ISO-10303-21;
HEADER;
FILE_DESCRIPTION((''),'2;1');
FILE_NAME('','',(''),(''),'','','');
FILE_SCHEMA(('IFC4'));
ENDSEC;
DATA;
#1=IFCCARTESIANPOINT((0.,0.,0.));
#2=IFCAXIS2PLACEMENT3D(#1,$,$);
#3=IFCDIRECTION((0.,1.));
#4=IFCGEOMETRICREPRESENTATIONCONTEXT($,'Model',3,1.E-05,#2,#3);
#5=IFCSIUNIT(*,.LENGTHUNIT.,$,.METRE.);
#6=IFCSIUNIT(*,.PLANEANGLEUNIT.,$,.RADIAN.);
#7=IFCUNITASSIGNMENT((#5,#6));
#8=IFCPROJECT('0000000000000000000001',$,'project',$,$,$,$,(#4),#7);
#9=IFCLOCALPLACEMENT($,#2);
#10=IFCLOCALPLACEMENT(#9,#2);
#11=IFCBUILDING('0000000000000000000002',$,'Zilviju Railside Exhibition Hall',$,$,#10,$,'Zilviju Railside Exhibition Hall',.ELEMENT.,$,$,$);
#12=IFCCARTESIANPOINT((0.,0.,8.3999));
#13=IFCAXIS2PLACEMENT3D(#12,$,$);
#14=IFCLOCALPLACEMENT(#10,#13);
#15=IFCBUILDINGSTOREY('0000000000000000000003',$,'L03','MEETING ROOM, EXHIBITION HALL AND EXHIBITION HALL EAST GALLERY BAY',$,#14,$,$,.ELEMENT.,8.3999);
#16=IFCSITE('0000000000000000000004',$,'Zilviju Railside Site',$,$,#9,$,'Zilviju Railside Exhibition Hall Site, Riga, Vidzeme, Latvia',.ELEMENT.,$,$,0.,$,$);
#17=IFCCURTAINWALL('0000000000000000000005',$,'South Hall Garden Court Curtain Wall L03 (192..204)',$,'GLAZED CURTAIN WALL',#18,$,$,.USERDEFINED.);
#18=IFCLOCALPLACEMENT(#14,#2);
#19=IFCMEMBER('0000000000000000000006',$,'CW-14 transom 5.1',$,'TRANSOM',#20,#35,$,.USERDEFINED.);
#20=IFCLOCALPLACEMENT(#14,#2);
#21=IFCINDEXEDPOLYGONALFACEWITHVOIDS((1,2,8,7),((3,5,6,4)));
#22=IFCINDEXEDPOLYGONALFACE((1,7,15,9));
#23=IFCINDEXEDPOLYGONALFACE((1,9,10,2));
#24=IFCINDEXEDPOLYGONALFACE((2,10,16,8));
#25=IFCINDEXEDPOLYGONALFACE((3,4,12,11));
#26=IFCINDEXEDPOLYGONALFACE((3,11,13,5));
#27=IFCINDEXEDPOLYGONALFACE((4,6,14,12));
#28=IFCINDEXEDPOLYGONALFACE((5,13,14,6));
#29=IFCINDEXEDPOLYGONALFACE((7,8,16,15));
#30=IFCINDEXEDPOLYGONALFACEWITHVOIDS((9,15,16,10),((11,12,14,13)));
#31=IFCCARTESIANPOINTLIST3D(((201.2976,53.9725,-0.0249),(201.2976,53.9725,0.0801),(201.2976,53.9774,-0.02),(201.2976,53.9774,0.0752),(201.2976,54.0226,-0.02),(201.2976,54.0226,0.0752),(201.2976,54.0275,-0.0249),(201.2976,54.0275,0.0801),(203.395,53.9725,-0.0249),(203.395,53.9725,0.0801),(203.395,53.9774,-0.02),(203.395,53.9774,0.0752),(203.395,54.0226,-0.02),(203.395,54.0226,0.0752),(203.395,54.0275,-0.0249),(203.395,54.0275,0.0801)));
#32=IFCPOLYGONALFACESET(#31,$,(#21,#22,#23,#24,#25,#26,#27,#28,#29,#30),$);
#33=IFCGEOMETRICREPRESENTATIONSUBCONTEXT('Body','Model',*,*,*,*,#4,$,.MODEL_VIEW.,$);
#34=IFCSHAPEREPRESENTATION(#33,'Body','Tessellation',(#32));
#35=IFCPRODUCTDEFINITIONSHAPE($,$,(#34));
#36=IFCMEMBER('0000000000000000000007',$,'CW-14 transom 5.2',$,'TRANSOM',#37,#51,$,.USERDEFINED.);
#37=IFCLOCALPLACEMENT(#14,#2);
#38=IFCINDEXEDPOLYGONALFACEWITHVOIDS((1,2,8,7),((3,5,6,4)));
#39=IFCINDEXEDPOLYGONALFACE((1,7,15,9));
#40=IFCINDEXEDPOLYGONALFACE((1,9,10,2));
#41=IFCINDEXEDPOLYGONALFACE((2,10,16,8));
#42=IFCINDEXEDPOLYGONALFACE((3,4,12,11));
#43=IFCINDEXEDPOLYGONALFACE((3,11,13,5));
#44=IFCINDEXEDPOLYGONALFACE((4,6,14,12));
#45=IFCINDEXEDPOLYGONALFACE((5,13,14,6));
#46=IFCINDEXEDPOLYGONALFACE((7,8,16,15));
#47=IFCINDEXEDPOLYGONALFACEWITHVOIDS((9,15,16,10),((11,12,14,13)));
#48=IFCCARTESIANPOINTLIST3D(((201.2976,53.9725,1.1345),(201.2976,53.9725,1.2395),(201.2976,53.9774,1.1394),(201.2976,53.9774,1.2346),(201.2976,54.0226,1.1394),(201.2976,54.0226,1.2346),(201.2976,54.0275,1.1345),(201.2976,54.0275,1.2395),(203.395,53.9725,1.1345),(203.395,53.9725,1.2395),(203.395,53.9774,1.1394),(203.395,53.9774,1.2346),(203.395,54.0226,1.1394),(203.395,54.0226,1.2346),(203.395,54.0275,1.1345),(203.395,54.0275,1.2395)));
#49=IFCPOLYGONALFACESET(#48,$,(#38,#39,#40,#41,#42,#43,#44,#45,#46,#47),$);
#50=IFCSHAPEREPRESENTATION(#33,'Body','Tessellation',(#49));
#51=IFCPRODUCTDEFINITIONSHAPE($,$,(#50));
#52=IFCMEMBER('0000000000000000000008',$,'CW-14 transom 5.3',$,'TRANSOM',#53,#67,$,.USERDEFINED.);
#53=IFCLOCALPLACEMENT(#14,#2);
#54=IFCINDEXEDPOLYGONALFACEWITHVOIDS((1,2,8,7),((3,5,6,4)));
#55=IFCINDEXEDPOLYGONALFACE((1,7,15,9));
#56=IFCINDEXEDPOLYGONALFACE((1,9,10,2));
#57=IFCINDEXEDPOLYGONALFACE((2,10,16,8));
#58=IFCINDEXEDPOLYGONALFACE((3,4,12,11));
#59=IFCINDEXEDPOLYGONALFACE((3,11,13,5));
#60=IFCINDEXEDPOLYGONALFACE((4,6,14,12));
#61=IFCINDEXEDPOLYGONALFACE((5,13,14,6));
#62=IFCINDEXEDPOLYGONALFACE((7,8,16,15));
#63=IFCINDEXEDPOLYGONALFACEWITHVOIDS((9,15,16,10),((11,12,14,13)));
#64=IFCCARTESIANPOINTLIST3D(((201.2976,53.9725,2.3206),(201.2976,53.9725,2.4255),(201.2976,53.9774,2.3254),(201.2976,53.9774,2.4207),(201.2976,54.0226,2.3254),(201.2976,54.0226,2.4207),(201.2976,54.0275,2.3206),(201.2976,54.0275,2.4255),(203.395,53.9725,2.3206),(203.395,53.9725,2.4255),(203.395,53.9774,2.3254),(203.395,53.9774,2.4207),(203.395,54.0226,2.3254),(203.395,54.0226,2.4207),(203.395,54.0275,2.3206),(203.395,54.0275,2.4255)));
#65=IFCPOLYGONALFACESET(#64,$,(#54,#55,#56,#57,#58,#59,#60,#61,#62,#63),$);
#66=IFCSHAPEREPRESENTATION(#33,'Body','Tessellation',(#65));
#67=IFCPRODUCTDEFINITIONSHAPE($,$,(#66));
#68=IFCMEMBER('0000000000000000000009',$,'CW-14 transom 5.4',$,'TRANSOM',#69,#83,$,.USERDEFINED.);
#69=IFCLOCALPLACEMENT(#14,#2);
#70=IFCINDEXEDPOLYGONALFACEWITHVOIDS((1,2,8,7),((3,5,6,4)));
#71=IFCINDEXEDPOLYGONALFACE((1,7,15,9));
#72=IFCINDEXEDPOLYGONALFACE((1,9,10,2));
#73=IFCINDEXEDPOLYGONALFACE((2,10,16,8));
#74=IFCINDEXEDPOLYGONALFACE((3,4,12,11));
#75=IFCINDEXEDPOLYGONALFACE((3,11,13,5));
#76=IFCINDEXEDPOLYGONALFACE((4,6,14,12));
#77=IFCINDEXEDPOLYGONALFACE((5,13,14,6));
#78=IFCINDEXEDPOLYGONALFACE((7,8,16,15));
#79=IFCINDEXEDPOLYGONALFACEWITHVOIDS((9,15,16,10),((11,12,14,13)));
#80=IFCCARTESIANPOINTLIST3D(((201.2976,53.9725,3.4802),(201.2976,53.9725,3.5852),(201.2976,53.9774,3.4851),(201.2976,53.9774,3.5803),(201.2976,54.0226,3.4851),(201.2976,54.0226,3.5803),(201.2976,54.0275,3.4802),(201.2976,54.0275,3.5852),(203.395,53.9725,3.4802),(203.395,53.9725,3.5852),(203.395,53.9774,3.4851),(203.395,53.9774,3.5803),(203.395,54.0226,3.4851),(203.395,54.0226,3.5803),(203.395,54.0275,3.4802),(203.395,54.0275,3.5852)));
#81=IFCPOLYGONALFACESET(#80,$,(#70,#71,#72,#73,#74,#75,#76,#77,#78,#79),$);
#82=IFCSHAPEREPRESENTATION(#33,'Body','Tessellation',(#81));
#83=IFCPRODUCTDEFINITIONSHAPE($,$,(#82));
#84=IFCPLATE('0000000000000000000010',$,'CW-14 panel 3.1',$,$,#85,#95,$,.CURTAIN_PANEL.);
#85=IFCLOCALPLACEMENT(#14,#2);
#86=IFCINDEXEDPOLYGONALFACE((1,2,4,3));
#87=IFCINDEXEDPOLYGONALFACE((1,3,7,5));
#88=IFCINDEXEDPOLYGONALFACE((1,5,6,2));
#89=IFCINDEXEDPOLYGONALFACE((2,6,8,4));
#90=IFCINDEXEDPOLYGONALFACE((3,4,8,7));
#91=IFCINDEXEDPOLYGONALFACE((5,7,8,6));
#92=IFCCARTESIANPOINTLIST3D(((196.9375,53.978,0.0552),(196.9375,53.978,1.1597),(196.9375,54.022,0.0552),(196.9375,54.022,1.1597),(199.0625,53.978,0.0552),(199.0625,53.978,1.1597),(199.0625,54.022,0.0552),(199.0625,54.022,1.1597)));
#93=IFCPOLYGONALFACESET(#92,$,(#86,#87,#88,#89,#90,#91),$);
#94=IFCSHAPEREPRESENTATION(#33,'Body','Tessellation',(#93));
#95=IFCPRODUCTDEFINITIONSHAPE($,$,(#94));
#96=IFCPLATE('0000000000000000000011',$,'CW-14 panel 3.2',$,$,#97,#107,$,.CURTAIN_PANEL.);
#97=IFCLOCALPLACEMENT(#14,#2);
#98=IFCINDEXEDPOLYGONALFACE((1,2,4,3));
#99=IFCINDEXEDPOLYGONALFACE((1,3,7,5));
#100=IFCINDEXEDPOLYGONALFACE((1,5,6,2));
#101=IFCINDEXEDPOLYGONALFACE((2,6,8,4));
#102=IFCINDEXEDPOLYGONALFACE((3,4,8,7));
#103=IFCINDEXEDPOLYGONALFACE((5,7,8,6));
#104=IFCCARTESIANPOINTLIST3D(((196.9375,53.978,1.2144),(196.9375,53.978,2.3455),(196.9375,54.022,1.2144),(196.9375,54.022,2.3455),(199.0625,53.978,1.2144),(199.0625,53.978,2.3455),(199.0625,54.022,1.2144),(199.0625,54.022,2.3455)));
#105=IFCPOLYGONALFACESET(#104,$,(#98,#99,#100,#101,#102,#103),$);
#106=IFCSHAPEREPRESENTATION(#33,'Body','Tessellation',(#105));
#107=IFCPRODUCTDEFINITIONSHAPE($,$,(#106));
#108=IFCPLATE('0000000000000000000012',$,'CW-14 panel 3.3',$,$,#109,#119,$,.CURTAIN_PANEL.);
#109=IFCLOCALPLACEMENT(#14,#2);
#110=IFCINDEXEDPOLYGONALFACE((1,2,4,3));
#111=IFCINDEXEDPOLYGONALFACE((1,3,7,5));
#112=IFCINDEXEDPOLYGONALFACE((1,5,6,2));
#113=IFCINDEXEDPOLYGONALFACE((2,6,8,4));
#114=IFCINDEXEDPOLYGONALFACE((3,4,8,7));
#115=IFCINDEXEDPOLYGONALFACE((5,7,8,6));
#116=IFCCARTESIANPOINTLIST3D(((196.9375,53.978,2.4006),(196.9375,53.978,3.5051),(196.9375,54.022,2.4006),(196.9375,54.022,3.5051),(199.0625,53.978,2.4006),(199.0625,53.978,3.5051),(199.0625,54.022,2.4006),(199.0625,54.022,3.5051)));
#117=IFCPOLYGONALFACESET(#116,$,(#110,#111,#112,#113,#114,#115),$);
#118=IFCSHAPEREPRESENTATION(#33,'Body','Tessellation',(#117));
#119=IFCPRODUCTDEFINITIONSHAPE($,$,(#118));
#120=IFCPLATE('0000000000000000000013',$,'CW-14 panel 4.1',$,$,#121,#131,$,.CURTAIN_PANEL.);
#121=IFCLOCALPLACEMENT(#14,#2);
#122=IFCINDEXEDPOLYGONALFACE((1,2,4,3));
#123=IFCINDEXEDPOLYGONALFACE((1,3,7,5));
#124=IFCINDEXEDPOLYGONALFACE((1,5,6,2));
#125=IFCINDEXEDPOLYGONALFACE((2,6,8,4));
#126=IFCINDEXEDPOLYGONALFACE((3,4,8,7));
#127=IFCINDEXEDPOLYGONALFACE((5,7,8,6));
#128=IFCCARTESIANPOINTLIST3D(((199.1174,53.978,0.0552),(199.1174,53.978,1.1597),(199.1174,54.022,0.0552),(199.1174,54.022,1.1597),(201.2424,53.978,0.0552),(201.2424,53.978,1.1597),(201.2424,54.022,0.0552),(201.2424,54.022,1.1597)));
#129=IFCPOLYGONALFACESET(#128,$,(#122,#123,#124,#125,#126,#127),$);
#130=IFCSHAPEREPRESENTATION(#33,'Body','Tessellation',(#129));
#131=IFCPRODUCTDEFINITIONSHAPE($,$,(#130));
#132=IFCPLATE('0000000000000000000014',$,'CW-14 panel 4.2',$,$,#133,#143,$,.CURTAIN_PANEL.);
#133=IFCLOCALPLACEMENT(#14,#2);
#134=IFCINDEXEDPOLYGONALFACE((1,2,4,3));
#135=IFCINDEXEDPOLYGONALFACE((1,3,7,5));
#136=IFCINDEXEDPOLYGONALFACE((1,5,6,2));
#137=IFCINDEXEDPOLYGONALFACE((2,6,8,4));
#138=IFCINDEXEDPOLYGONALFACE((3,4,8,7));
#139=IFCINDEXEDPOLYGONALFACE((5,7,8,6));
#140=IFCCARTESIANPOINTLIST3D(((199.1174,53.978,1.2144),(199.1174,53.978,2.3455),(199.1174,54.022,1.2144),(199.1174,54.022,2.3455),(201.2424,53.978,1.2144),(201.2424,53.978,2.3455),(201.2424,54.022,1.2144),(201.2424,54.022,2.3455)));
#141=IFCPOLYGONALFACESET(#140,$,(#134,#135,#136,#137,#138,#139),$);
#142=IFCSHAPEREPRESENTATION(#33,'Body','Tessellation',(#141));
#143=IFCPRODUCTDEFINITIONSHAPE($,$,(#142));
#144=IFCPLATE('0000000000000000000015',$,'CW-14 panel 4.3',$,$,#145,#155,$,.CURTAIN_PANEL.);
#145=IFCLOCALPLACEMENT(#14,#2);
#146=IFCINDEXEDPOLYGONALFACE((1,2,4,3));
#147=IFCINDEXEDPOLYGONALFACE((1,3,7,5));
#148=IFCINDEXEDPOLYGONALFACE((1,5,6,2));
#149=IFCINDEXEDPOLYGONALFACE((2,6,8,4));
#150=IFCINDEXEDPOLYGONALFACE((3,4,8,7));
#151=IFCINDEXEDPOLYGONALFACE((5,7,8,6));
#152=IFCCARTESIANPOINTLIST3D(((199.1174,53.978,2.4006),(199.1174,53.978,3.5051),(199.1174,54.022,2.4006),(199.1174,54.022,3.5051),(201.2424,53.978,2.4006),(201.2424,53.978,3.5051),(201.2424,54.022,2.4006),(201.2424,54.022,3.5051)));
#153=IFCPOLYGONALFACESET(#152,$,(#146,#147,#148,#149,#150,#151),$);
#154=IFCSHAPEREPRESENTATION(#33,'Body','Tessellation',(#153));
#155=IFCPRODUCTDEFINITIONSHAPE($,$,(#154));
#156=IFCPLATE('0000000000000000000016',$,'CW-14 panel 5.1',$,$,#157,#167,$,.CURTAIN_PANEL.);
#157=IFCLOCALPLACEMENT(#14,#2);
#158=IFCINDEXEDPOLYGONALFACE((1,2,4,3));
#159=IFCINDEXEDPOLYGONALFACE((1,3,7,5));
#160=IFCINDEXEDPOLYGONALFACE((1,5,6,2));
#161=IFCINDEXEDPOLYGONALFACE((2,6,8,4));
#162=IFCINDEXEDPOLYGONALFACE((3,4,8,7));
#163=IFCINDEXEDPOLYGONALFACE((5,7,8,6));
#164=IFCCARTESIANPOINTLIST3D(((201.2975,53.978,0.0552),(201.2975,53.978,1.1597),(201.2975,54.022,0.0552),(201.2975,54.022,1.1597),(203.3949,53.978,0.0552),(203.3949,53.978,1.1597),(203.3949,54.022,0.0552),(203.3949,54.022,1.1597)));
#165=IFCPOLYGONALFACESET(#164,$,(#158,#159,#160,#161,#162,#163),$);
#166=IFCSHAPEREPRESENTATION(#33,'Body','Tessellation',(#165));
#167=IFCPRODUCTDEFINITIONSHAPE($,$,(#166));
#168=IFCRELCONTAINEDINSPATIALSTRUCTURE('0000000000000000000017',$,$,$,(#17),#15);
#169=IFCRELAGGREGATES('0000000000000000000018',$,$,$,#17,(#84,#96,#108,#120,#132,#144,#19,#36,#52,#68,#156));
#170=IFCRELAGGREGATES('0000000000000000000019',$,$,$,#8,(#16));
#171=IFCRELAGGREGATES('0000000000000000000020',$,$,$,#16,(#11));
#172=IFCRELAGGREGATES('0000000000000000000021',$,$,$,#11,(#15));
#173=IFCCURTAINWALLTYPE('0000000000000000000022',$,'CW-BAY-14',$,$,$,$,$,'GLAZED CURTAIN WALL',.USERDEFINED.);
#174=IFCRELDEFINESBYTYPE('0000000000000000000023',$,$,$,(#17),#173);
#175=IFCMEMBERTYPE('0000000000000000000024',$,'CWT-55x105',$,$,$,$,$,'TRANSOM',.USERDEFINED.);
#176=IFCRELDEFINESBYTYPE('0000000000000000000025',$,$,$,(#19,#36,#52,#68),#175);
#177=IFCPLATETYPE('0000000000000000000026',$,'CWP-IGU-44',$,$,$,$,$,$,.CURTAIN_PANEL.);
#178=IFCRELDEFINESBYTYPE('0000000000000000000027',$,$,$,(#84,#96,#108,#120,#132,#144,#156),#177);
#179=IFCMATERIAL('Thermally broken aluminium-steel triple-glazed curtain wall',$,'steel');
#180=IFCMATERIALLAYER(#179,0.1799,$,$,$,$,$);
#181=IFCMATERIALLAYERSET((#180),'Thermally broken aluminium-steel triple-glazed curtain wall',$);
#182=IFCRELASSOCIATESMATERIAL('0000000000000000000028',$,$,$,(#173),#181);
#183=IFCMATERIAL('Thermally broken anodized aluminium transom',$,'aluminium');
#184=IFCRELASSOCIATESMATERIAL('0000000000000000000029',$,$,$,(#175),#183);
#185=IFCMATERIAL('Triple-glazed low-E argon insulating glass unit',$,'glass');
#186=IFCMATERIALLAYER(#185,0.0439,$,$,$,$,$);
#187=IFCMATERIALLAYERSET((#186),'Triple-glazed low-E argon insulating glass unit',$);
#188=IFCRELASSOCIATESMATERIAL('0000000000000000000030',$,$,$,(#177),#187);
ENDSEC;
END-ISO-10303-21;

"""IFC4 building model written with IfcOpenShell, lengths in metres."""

from ifc_helpers import new_model, si_unit, direction, frame, origin, origin_2d, place, context, subcontext, project, spatial, rectangle, hollow_rectangle, extrude, material, layer, layer_set, material_profile, profile_set, type_object, element, aggregate, save


model = new_model("IFC4")

# Units and contexts
model_context = context("Model", 3, precision=1e-05, world=origin(), true_north=direction((0.0, 1.0)))
body_context = subcontext(model_context, "Body", "Model", "MODEL_VIEW")
ifc_project = project(units=[si_unit("LENGTHUNIT", "METRE"), si_unit("PLANEANGLEUNIT", "RADIAN")], contexts=[model_context])

# Site, building, storey
site_placement = place(None, origin())
site = spatial("IfcSite", under=ifc_project, at=site_placement, Name="Zilviju Railside Site", LongName="Zilviju Railside Exhibition Hall Site, Riga, Vidzeme, Latvia", CompositionType="ELEMENT", RefElevation=0.0)
building_placement = place(site_placement, origin())
building = spatial("IfcBuilding", under=site, at=building_placement, Name="Zilviju Railside Exhibition Hall", LongName="Zilviju Railside Exhibition Hall", CompositionType="ELEMENT")
storey_placement = place(building_placement, frame((0.0, 0.0, 8.3999)))
storey = spatial("IfcBuildingStorey", under=building, at=storey_placement, Name="L03", Description="MEETING ROOM, EXHIBITION HALL AND EXHIBITION HALL EAST GALLERY BAY", CompositionType="ELEMENT", Elevation=8.3999)

# Curtain wall, members, plates
ifc_material_1 = material(Name="Thermally broken aluminium-steel triple-glazed curtain wall", Category="steel")
ifc_layer_1 = layer(ifc_material_1, 0.1799)
ifc_layer_set_1 = layer_set([ifc_layer_1], Name="Thermally broken aluminium-steel triple-glazed curtain wall")
curtain_wall_type = type_object("IfcCurtainWallType", Name="CW-BAY-14", ElementType="GLAZED CURTAIN WALL", PredefinedType="USERDEFINED", material=ifc_layer_set_1)
curtain_wall_placement = place(storey_placement, origin())
curtain_wall = element("IfcCurtainWall", 1, at=curtain_wall_placement, inside=storey, type_object=curtain_wall_type, Name="South Hall Garden Court Curtain Wall L03 (192..204)", ObjectType="GLAZED CURTAIN WALL", PredefinedType="USERDEFINED")
ifc_material_2 = material(Name="Thermally broken anodized aluminium transom", Category="aluminium")
ifc_material_profile_1 = material_profile(ifc_material_2, hollow_rectangle(XDim=0.0549, YDim=0.105, WallThickness=0.0049, at=origin_2d()), Name="TRANSOM 105x55x5")
ifc_profile_set_1 = profile_set([ifc_material_profile_1], Name="Thermally broken anodized aluminium transom")
member_type_1 = type_object("IfcMemberType", Name="CWT-55x105", ElementType="TRANSOM", PredefinedType="USERDEFINED", material=ifc_profile_set_1)
member_1_placement = place(storey_placement, frame((201.2976, 54.0, 0.0276), z_axis=(1.0, 0.0, 0.0), x_axis=(0.0, 1.0, 0.0)))
member_1 = element("IfcMember", 2, at=member_1_placement, type_object=member_type_1, Name="CW-14 transom 5.1", ObjectType="TRANSOM", PredefinedType="USERDEFINED", context=body_context, shape_type="SweptSolid", body=[
    extrude(hollow_rectangle(XDim=0.0549, YDim=0.105, WallThickness=0.0049, at=origin_2d()), origin(), (0.0, 0.0, 1.0), 2.0974),
])
member_2_placement = place(storey_placement, frame((201.2976, 54.0, 1.187), z_axis=(1.0, 0.0, 0.0), x_axis=(0.0, 1.0, 0.0)))
member_2 = element("IfcMember", 3, at=member_2_placement, type_object=member_type_1, Name="CW-14 transom 5.2", ObjectType="TRANSOM", PredefinedType="USERDEFINED", context=body_context, shape_type="SweptSolid", body=[
    extrude(hollow_rectangle(XDim=0.0549, YDim=0.105, WallThickness=0.0049, at=origin_2d()), origin(), (0.0, 0.0, 1.0), 2.0974),
])
member_3_placement = place(storey_placement, frame((201.2976, 54.0, 2.373), z_axis=(1.0, 0.0, 0.0), x_axis=(0.0, 1.0, 0.0)))
member_3 = element("IfcMember", 4, at=member_3_placement, type_object=member_type_1, Name="CW-14 transom 5.3", ObjectType="TRANSOM", PredefinedType="USERDEFINED", context=body_context, shape_type="SweptSolid", body=[
    extrude(hollow_rectangle(XDim=0.0549, YDim=0.105, WallThickness=0.0049, at=origin_2d()), origin(), (0.0, 0.0, 1.0), 2.0974),
])
member_4_placement = place(storey_placement, frame((201.2976, 54.0, 3.5327), z_axis=(1.0, 0.0, 0.0), x_axis=(0.0, 1.0, 0.0)))
member_4 = element("IfcMember", 5, at=member_4_placement, type_object=member_type_1, Name="CW-14 transom 5.4", ObjectType="TRANSOM", PredefinedType="USERDEFINED", context=body_context, shape_type="SweptSolid", body=[
    extrude(hollow_rectangle(XDim=0.0549, YDim=0.105, WallThickness=0.0049, at=origin_2d()), origin(), (0.0, 0.0, 1.0), 2.0974),
])
ifc_material_3 = material(Name="Triple-glazed low-E argon insulating glass unit", Category="glass")
ifc_layer_2 = layer(ifc_material_3, 0.0439)
ifc_layer_set_2 = layer_set([ifc_layer_2], Name="Triple-glazed low-E argon insulating glass unit")
plate_type = type_object("IfcPlateType", Name="CWP-IGU-44", PredefinedType="CURTAIN_PANEL", material=ifc_layer_set_2)
plate_1_placement = place(storey_placement, frame((198.0, 54.0, 0.0552), z_axis=(0.0, 0.0, 1.0), x_axis=(1.0, 0.0, 0.0)))
plate_1 = element("IfcPlate", 6, at=plate_1_placement, type_object=plate_type, Name="CW-14 panel 3.1", PredefinedType="CURTAIN_PANEL", context=body_context, shape_type="SweptSolid", body=[
    extrude(rectangle(XDim=2.125, YDim=0.0439, at=origin_2d()), origin(), (0.0, 0.0, 1.0), 1.1045),
])
plate_2_placement = place(storey_placement, frame((198.0, 54.0, 1.2144), z_axis=(0.0, 0.0, 1.0), x_axis=(1.0, 0.0, 0.0)))
plate_2 = element("IfcPlate", 7, at=plate_2_placement, type_object=plate_type, Name="CW-14 panel 3.2", PredefinedType="CURTAIN_PANEL", context=body_context, shape_type="SweptSolid", body=[
    extrude(rectangle(XDim=2.125, YDim=0.0439, at=origin_2d()), origin(), (0.0, 0.0, 1.0), 1.1311),
])
plate_3_placement = place(storey_placement, frame((198.0, 54.0, 2.4006), z_axis=(0.0, 0.0, 1.0), x_axis=(1.0, 0.0, 0.0)))
plate_3 = element("IfcPlate", 8, at=plate_3_placement, type_object=plate_type, Name="CW-14 panel 3.3", PredefinedType="CURTAIN_PANEL", context=body_context, shape_type="SweptSolid", body=[
    extrude(rectangle(XDim=2.125, YDim=0.0439, at=origin_2d()), origin(), (0.0, 0.0, 1.0), 1.1045),
])
plate_4_placement = place(storey_placement, frame((200.1799, 54.0, 0.0552), z_axis=(0.0, 0.0, 1.0), x_axis=(1.0, 0.0, 0.0)))
plate_4 = element("IfcPlate", 9, at=plate_4_placement, type_object=plate_type, Name="CW-14 panel 4.1", PredefinedType="CURTAIN_PANEL", context=body_context, shape_type="SweptSolid", body=[
    extrude(rectangle(XDim=2.125, YDim=0.0439, at=origin_2d()), origin(), (0.0, 0.0, 1.0), 1.1045),
])
plate_5_placement = place(storey_placement, frame((200.1799, 54.0, 1.2144), z_axis=(0.0, 0.0, 1.0), x_axis=(1.0, 0.0, 0.0)))
plate_5 = element("IfcPlate", 10, at=plate_5_placement, type_object=plate_type, Name="CW-14 panel 4.2", PredefinedType="CURTAIN_PANEL", context=body_context, shape_type="SweptSolid", body=[
    extrude(rectangle(XDim=2.125, YDim=0.0439, at=origin_2d()), origin(), (0.0, 0.0, 1.0), 1.1311),
])
plate_6_placement = place(storey_placement, frame((200.1799, 54.0, 2.4006), z_axis=(0.0, 0.0, 1.0), x_axis=(1.0, 0.0, 0.0)))
plate_6 = element("IfcPlate", 11, at=plate_6_placement, type_object=plate_type, Name="CW-14 panel 4.3", PredefinedType="CURTAIN_PANEL", context=body_context, shape_type="SweptSolid", body=[
    extrude(rectangle(XDim=2.125, YDim=0.0439, at=origin_2d()), origin(), (0.0, 0.0, 1.0), 1.1045),
])
plate_7_placement = place(storey_placement, frame((202.3462, 54.0, 0.0552), z_axis=(0.0, 0.0, 1.0), x_axis=(1.0, 0.0, 0.0)))
plate_7 = element("IfcPlate", 12, at=plate_7_placement, type_object=plate_type, Name="CW-14 panel 5.1", PredefinedType="CURTAIN_PANEL", context=body_context, shape_type="SweptSolid", body=[
    extrude(rectangle(XDim=2.0974, YDim=0.0439, at=origin_2d()), origin(), (0.0, 0.0, 1.0), 1.1045),
])
aggregate(curtain_wall, [plate_1, plate_2, plate_3, plate_4, plate_5, plate_6, member_1, member_2, member_3, member_4, plate_7])

save(model, "model.ifc")
